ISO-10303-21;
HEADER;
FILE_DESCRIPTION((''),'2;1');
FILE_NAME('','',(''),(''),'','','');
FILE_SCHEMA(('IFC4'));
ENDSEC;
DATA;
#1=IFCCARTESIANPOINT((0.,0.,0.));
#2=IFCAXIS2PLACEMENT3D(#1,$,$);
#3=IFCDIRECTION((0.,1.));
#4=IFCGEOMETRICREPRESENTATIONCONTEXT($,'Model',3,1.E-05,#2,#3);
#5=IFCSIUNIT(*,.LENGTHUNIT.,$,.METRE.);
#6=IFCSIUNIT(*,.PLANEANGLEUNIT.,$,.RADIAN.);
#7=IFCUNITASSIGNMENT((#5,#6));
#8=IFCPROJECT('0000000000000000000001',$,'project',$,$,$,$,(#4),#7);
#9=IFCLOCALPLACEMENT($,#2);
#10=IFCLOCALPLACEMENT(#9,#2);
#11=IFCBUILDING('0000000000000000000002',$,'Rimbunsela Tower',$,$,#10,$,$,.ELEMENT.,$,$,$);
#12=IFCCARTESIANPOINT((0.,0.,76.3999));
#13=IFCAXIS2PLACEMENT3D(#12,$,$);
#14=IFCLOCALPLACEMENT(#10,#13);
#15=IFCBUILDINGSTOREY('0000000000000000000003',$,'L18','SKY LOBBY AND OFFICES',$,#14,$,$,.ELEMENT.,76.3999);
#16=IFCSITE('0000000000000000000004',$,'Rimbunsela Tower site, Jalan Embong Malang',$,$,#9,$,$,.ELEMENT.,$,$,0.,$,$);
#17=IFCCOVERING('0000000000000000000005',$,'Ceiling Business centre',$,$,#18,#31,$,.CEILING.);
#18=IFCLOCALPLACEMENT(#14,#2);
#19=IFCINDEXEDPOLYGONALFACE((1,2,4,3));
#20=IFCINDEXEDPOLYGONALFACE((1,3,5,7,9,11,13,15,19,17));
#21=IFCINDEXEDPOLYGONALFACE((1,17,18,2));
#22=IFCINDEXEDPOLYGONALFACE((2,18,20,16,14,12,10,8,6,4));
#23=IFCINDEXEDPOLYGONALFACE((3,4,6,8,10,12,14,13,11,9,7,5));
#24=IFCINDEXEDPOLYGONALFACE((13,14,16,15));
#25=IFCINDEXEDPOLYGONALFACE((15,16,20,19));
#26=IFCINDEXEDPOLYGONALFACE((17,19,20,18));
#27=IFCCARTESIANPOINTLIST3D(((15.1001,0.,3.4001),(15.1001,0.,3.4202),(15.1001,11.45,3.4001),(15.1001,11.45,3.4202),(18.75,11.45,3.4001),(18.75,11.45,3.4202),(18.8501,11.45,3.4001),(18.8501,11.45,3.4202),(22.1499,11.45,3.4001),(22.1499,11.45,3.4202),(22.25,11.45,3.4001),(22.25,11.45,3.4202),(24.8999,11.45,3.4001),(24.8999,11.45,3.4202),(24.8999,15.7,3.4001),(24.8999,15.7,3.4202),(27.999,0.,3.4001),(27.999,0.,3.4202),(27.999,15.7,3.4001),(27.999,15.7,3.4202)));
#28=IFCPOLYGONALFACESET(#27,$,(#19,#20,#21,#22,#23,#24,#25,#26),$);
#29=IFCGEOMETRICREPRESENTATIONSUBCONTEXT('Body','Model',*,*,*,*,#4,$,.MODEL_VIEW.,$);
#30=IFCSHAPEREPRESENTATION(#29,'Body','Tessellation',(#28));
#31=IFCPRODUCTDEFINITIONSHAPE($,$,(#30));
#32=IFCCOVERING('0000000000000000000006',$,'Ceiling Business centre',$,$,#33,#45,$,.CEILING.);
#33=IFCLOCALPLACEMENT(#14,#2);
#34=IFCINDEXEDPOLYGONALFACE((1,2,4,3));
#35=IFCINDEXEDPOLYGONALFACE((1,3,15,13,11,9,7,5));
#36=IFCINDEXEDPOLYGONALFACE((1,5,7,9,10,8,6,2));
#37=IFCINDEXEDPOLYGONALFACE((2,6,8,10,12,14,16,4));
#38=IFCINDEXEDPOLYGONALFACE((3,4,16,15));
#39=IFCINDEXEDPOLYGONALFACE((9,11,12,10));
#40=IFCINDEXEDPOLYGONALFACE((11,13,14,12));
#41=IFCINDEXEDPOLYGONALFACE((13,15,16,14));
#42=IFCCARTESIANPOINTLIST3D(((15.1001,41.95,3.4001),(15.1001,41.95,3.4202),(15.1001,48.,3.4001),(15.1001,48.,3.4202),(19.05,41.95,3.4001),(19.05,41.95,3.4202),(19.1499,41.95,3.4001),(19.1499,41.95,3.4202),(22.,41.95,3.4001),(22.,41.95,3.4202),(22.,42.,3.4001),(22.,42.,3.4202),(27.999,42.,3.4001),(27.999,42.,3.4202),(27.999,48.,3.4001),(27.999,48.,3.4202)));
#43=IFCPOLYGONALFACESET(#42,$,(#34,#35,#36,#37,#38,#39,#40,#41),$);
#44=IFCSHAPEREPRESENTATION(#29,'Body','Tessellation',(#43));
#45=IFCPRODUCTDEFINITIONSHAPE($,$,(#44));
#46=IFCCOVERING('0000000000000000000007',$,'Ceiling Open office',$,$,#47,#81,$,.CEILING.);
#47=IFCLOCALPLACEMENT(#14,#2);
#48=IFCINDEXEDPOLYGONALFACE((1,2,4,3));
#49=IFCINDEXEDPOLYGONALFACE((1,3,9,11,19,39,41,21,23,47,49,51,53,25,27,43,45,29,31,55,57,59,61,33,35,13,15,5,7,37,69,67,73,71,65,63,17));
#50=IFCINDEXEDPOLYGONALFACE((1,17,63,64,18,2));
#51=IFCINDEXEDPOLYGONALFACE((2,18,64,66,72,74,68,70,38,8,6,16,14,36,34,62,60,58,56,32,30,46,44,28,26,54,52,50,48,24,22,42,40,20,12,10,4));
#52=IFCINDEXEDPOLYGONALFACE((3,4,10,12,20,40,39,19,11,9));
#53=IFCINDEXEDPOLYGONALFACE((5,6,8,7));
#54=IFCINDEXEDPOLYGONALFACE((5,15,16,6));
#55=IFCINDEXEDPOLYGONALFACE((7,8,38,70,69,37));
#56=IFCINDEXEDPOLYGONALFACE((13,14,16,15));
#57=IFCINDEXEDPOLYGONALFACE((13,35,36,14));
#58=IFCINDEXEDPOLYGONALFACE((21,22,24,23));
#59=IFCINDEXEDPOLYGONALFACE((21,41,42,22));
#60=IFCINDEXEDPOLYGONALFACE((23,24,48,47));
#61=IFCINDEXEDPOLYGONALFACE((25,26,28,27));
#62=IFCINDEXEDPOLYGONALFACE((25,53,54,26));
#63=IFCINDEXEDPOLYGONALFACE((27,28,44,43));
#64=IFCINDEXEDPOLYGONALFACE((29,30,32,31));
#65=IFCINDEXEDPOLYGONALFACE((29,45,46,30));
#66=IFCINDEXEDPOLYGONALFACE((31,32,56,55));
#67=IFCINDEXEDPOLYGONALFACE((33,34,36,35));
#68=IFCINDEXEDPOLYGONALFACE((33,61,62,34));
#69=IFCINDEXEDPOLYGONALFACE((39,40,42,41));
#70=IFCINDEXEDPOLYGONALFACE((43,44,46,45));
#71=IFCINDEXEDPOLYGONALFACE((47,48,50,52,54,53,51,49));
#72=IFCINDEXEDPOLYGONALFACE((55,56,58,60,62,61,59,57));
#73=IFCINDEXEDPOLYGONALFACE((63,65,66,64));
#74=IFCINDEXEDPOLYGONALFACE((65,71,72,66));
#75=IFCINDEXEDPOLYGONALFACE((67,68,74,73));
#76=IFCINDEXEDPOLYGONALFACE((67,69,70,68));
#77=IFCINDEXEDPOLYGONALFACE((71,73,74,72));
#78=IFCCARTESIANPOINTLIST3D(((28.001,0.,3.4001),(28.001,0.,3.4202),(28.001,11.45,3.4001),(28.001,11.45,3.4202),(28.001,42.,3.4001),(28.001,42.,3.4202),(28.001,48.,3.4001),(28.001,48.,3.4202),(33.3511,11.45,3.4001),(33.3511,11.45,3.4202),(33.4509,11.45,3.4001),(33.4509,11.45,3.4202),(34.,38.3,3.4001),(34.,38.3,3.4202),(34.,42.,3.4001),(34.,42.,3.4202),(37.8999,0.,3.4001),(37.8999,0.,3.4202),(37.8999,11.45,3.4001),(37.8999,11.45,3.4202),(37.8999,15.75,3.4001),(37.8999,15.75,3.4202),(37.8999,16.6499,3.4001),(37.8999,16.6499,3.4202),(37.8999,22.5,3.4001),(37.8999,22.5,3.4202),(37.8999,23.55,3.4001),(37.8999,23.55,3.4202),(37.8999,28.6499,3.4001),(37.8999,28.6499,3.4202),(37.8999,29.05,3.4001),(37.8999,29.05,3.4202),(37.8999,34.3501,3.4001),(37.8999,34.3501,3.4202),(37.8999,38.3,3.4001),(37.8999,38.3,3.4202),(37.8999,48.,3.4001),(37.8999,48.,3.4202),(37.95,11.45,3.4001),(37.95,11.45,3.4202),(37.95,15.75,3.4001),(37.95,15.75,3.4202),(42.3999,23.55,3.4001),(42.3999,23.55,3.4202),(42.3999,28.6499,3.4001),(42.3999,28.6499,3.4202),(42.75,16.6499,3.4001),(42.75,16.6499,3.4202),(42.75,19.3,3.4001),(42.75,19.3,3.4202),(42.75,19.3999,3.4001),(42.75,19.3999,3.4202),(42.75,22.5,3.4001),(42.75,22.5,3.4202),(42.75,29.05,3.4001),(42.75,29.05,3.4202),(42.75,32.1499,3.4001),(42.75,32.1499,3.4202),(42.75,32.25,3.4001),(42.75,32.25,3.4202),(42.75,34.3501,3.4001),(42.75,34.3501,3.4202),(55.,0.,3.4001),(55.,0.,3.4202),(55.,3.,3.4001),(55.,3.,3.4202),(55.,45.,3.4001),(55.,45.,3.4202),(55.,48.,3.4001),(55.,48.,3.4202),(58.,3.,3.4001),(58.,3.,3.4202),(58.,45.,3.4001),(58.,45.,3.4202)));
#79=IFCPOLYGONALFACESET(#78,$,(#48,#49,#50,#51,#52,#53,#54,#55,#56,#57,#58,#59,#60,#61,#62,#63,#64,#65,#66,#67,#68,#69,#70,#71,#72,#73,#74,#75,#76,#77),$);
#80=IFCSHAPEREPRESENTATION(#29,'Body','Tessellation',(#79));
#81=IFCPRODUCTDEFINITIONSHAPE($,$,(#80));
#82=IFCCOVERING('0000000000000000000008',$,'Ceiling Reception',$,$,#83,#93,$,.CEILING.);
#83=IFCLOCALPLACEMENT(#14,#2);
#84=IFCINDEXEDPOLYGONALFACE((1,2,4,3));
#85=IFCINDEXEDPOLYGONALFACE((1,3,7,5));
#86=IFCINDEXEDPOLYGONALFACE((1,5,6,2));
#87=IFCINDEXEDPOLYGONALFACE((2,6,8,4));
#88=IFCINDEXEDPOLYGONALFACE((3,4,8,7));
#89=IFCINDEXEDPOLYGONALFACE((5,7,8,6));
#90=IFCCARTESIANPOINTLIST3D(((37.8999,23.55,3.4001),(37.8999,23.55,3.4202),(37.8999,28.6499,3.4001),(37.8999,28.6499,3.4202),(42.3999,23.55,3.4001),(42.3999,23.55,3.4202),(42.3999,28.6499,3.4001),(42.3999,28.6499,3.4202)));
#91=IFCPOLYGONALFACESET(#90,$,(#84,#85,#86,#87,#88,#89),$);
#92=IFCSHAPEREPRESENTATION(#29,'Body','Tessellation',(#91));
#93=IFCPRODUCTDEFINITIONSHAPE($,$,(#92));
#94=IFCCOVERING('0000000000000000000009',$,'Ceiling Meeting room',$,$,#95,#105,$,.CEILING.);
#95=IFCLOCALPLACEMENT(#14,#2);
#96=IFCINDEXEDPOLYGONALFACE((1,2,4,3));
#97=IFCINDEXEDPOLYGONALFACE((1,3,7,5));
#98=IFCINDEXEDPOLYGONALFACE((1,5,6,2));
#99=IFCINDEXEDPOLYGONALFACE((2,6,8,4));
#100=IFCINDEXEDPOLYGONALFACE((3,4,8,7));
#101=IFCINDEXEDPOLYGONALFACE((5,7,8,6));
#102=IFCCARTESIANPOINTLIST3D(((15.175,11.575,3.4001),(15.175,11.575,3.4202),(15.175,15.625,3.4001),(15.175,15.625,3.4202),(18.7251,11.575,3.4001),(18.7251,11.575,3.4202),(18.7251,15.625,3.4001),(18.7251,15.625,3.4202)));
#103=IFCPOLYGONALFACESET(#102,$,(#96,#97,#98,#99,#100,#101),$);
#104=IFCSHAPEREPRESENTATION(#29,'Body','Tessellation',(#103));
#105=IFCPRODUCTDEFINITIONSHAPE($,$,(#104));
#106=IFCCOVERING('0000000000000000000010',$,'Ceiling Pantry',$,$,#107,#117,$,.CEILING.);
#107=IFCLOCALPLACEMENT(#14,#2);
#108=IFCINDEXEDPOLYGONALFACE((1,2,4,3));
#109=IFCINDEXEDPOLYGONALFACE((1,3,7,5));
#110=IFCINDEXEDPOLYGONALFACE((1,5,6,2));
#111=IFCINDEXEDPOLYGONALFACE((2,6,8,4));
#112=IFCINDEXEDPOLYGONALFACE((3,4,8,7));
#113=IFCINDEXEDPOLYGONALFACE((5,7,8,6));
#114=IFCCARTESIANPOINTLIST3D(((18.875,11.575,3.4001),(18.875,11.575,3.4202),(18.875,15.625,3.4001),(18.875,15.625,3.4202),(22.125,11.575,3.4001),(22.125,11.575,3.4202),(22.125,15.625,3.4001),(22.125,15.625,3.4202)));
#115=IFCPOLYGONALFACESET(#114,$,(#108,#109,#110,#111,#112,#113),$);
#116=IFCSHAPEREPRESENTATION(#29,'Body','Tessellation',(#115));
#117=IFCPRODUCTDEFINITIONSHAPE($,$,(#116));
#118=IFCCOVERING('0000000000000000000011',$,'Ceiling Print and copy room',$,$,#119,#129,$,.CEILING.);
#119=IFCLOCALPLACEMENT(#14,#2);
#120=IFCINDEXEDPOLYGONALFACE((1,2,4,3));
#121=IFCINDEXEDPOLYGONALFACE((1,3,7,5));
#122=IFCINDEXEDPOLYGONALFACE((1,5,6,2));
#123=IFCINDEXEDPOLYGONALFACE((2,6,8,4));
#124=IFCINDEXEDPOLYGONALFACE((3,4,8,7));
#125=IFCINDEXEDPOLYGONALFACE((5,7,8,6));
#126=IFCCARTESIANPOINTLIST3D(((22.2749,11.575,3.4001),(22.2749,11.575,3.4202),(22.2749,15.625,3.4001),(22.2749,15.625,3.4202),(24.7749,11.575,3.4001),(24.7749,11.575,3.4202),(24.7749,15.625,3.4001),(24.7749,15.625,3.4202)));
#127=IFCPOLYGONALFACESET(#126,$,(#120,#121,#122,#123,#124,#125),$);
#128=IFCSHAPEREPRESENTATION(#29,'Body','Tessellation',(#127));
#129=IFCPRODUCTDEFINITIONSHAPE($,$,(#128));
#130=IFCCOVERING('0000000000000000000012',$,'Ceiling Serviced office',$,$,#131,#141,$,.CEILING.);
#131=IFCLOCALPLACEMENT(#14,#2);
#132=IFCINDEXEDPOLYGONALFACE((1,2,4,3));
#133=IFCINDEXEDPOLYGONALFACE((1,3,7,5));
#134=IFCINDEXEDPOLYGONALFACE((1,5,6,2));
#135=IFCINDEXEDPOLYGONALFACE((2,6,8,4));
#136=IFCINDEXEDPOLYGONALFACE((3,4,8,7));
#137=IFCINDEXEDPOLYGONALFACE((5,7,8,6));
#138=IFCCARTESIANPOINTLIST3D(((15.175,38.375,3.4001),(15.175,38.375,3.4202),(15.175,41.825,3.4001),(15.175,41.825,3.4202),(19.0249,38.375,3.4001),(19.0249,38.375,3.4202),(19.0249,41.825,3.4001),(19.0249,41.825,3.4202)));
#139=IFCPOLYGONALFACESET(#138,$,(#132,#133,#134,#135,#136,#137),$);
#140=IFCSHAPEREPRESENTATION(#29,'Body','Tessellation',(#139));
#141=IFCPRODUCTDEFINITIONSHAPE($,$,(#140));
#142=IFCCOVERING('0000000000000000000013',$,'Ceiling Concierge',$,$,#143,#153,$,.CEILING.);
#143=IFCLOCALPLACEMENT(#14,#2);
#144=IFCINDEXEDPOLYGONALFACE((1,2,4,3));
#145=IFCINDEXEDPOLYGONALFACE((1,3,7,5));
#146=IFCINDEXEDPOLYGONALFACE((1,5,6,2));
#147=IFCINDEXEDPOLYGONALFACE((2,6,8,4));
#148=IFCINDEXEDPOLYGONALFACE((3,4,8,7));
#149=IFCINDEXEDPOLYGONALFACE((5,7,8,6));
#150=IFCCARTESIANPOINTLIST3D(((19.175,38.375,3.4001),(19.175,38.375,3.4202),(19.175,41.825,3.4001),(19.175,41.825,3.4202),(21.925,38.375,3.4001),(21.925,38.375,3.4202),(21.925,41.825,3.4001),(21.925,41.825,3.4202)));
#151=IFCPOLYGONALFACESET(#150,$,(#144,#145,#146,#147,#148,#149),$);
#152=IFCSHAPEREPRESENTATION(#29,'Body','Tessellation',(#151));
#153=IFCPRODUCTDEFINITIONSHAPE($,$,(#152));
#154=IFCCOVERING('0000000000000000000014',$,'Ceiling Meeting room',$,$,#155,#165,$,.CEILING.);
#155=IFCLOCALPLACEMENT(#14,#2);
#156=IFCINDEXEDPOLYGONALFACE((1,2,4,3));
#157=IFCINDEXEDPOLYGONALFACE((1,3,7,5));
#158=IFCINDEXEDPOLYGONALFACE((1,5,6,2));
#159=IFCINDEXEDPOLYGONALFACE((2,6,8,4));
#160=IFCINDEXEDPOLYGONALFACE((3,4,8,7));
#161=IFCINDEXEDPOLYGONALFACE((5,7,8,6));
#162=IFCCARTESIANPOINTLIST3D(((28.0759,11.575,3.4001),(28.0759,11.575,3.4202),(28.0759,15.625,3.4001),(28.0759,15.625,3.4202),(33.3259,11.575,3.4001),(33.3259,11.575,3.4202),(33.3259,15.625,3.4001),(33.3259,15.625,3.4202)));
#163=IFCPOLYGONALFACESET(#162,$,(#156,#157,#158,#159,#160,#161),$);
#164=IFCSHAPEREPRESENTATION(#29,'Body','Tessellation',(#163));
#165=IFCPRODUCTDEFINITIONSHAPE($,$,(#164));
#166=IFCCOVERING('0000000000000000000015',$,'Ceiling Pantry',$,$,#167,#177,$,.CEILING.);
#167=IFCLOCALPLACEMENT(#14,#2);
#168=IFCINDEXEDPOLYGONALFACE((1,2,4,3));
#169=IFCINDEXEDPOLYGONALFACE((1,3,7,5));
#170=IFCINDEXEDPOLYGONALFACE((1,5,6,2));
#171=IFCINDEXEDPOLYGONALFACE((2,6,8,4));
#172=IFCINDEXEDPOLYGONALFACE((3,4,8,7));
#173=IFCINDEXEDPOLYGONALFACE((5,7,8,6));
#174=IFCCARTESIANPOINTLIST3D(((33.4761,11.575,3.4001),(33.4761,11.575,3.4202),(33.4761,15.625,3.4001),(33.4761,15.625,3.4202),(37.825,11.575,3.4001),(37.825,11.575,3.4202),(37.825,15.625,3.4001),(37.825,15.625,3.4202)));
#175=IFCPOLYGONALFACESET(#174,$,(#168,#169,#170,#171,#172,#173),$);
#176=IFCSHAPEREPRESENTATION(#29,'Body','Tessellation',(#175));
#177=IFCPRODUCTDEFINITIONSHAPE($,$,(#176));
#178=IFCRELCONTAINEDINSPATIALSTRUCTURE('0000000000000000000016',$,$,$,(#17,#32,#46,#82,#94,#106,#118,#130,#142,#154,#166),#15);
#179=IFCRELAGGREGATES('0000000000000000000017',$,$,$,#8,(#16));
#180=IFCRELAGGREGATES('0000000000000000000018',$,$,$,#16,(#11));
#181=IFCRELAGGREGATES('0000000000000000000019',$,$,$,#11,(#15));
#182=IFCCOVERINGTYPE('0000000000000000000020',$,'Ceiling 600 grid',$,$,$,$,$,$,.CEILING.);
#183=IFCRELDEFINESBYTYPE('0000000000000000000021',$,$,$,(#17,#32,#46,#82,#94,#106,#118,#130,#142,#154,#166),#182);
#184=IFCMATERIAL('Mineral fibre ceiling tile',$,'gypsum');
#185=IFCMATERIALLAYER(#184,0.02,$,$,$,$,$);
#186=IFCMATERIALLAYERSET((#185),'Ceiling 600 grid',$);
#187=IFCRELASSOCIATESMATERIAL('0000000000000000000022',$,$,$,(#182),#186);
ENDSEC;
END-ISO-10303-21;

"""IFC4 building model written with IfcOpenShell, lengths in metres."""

from ifc_helpers import new_model, si_unit, direction, frame, origin, place, context, subcontext, project, spatial, polyline, outline, extrude, material, layer, layer_set, type_object, element, save


model = new_model("IFC4")

# Units and contexts
model_context = context("Model", 3, precision=1e-05, world=origin(), true_north=direction((0.0, 1.0)))
body_context = subcontext(model_context, "Body", "Model", "MODEL_VIEW")
ifc_project = project(units=[si_unit("LENGTHUNIT", "METRE"), si_unit("PLANEANGLEUNIT", "RADIAN")], contexts=[model_context])

# Site, building, storey
site_placement = place(None, origin())
site = spatial("IfcSite", under=ifc_project, at=site_placement, Name="Rimbunsela Tower site, Jalan Embong Malang", CompositionType="ELEMENT", RefElevation=0.0)
building_placement = place(site_placement, origin())
building = spatial("IfcBuilding", under=site, at=building_placement, Name="Rimbunsela Tower", CompositionType="ELEMENT")
storey_placement = place(building_placement, frame((0.0, 0.0, 76.3999)))
storey = spatial("IfcBuildingStorey", under=building, at=storey_placement, Name="L18", Description="SKY LOBBY AND OFFICES", CompositionType="ELEMENT", Elevation=76.3999)

# Coverings
ifc_material_1 = material(Name="Mineral fibre ceiling tile", Category="gypsum")
ifc_layer_1 = layer(ifc_material_1, 0.02)
ifc_layer_set_1 = layer_set([ifc_layer_1], Name="Ceiling 600 grid")
covering_type_1 = type_object("IfcCoveringType", Name="Ceiling 600 grid", PredefinedType="CEILING", material=ifc_layer_set_1)
covering_1_placement = place(storey_placement, frame((0.0, 0.0, 3.4001)))
element("IfcCovering", 1, at=covering_1_placement, inside=storey, type_object=covering_type_1, Name="Ceiling Business centre", PredefinedType="CEILING", context=body_context, shape_type="SweptSolid", body=[
    extrude(outline(polyline([(18.8501, 11.45), (22.1499, 11.45), (22.25, 11.45), (24.8999, 11.45), (24.8999, 15.7), (27.999, 15.7), (27.999, 0.0), (15.1001, 0.0), (15.1001, 11.45), (18.75, 11.45), (18.8501, 11.45)])), origin(), (0.0, 0.0, 1.0), 0.02),
])
covering_2_placement = place(storey_placement, frame((0.0, 0.0, 3.4001)))
element("IfcCovering", 2, at=covering_2_placement, inside=storey, type_object=covering_type_1, Name="Ceiling Business centre", PredefinedType="CEILING", context=body_context, shape_type="SweptSolid", body=[
    extrude(outline(polyline([(27.999, 42.0), (22.0, 42.0), (22.0, 41.95), (19.1499, 41.95), (19.05, 41.95), (15.1001, 41.95), (15.1001, 48.0), (27.999, 48.0), (27.999, 42.0)])), origin(), (0.0, 0.0, 1.0), 0.02),
])
covering_3_placement = place(storey_placement, frame((0.0, 0.0, 3.4001)))
element("IfcCovering", 3, at=covering_3_placement, inside=storey, type_object=covering_type_1, Name="Ceiling Open office", PredefinedType="CEILING", context=body_context, shape_type="SweptSolid", body=[
    extrude(outline(polyline([(28.001, 11.45), (33.3511, 11.45), (33.4509, 11.45), (37.8999, 11.45), (37.95, 11.45), (37.95, 15.75), (37.8999, 15.75), (37.8999, 16.6499), (42.75, 16.6499), (42.75, 19.3), (42.75, 19.3999), (42.75, 22.5), (37.8999, 22.5), (37.8999, 23.55), (42.3999, 23.55), (42.3999, 28.6499), (37.8999, 28.6499), (37.8999, 29.05), (42.75, 29.05), (42.75, 32.1499), (42.75, 32.25), (42.75, 34.3501), (37.8999, 34.3501), (37.8999, 38.3), (34.0, 38.3), (34.0, 42.0), (28.001, 42.0), (28.001, 48.0), (37.8999, 48.0), (55.0, 48.0), (55.0, 45.0), (58.0, 45.0), (58.0, 3.0), (55.0, 3.0), (55.0, 0.0), (37.8999, 0.0), (28.001, 0.0), (28.001, 11.45)])), origin(), (0.0, 0.0, 1.0), 0.02),
])
covering_4_placement = place(storey_placement, frame((0.0, 0.0, 3.4001)))
element("IfcCovering", 4, at=covering_4_placement, inside=storey, type_object=covering_type_1, Name="Ceiling Reception", PredefinedType="CEILING", context=body_context, shape_type="SweptSolid", body=[
    extrude(outline(polyline([(42.3999, 23.55), (42.3999, 28.6499), (37.8999, 28.6499), (37.8999, 23.55), (42.3999, 23.55)])), origin(), (0.0, 0.0, 1.0), 0.02),
])
covering_5_placement = place(storey_placement, frame((0.0, 0.0, 3.4001)))
element("IfcCovering", 5, at=covering_5_placement, inside=storey, type_object=covering_type_1, Name="Ceiling Meeting room", PredefinedType="CEILING", context=body_context, shape_type="SweptSolid", body=[
    extrude(outline(polyline([(18.7251, 11.575), (18.7251, 15.625), (15.175, 15.625), (15.175, 11.575), (18.7251, 11.575)])), origin(), (0.0, 0.0, 1.0), 0.02),
])
covering_6_placement = place(storey_placement, frame((0.0, 0.0, 3.4001)))
element("IfcCovering", 6, at=covering_6_placement, inside=storey, type_object=covering_type_1, Name="Ceiling Pantry", PredefinedType="CEILING", context=body_context, shape_type="SweptSolid", body=[
    extrude(outline(polyline([(22.125, 11.575), (22.125, 15.625), (18.875, 15.625), (18.875, 11.575), (22.125, 11.575)])), origin(), (0.0, 0.0, 1.0), 0.02),
])
covering_7_placement = place(storey_placement, frame((0.0, 0.0, 3.4001)))
element("IfcCovering", 7, at=covering_7_placement, inside=storey, type_object=covering_type_1, Name="Ceiling Print and copy room", PredefinedType="CEILING", context=body_context, shape_type="SweptSolid", body=[
    extrude(outline(polyline([(24.7749, 11.575), (24.7749, 15.625), (22.2749, 15.625), (22.2749, 11.575), (24.7749, 11.575)])), origin(), (0.0, 0.0, 1.0), 0.02),
])
covering_8_placement = place(storey_placement, frame((0.0, 0.0, 3.4001)))
element("IfcCovering", 8, at=covering_8_placement, inside=storey, type_object=covering_type_1, Name="Ceiling Serviced office", PredefinedType="CEILING", context=body_context, shape_type="SweptSolid", body=[
    extrude(outline(polyline([(19.0249, 38.375), (19.0249, 41.825), (15.175, 41.825), (15.175, 38.375), (19.0249, 38.375)])), origin(), (0.0, 0.0, 1.0), 0.02),
])
covering_9_placement = place(storey_placement, frame((0.0, 0.0, 3.4001)))
element("IfcCovering", 9, at=covering_9_placement, inside=storey, type_object=covering_type_1, Name="Ceiling Concierge", PredefinedType="CEILING", context=body_context, shape_type="SweptSolid", body=[
    extrude(outline(polyline([(21.925, 38.375), (21.925, 41.825), (19.175, 41.825), (19.175, 38.375), (21.925, 38.375)])), origin(), (0.0, 0.0, 1.0), 0.02),
])
covering_10_placement = place(storey_placement, frame((0.0, 0.0, 3.4001)))
element("IfcCovering", 10, at=covering_10_placement, inside=storey, type_object=covering_type_1, Name="Ceiling Meeting room", PredefinedType="CEILING", context=body_context, shape_type="SweptSolid", body=[
    extrude(outline(polyline([(33.3259, 11.575), (33.3259, 15.625), (28.0759, 15.625), (28.0759, 11.575), (33.3259, 11.575)])), origin(), (0.0, 0.0, 1.0), 0.02),
])
covering_11_placement = place(storey_placement, frame((0.0, 0.0, 3.4001)))
element("IfcCovering", 11, at=covering_11_placement, inside=storey, type_object=covering_type_1, Name="Ceiling Pantry", PredefinedType="CEILING", context=body_context, shape_type="SweptSolid", body=[
    extrude(outline(polyline([(37.825, 11.575), (37.825, 15.625), (33.4761, 15.625), (33.4761, 11.575), (37.825, 11.575)])), origin(), (0.0, 0.0, 1.0), 0.02),
])

save(model, "model.ifc")
